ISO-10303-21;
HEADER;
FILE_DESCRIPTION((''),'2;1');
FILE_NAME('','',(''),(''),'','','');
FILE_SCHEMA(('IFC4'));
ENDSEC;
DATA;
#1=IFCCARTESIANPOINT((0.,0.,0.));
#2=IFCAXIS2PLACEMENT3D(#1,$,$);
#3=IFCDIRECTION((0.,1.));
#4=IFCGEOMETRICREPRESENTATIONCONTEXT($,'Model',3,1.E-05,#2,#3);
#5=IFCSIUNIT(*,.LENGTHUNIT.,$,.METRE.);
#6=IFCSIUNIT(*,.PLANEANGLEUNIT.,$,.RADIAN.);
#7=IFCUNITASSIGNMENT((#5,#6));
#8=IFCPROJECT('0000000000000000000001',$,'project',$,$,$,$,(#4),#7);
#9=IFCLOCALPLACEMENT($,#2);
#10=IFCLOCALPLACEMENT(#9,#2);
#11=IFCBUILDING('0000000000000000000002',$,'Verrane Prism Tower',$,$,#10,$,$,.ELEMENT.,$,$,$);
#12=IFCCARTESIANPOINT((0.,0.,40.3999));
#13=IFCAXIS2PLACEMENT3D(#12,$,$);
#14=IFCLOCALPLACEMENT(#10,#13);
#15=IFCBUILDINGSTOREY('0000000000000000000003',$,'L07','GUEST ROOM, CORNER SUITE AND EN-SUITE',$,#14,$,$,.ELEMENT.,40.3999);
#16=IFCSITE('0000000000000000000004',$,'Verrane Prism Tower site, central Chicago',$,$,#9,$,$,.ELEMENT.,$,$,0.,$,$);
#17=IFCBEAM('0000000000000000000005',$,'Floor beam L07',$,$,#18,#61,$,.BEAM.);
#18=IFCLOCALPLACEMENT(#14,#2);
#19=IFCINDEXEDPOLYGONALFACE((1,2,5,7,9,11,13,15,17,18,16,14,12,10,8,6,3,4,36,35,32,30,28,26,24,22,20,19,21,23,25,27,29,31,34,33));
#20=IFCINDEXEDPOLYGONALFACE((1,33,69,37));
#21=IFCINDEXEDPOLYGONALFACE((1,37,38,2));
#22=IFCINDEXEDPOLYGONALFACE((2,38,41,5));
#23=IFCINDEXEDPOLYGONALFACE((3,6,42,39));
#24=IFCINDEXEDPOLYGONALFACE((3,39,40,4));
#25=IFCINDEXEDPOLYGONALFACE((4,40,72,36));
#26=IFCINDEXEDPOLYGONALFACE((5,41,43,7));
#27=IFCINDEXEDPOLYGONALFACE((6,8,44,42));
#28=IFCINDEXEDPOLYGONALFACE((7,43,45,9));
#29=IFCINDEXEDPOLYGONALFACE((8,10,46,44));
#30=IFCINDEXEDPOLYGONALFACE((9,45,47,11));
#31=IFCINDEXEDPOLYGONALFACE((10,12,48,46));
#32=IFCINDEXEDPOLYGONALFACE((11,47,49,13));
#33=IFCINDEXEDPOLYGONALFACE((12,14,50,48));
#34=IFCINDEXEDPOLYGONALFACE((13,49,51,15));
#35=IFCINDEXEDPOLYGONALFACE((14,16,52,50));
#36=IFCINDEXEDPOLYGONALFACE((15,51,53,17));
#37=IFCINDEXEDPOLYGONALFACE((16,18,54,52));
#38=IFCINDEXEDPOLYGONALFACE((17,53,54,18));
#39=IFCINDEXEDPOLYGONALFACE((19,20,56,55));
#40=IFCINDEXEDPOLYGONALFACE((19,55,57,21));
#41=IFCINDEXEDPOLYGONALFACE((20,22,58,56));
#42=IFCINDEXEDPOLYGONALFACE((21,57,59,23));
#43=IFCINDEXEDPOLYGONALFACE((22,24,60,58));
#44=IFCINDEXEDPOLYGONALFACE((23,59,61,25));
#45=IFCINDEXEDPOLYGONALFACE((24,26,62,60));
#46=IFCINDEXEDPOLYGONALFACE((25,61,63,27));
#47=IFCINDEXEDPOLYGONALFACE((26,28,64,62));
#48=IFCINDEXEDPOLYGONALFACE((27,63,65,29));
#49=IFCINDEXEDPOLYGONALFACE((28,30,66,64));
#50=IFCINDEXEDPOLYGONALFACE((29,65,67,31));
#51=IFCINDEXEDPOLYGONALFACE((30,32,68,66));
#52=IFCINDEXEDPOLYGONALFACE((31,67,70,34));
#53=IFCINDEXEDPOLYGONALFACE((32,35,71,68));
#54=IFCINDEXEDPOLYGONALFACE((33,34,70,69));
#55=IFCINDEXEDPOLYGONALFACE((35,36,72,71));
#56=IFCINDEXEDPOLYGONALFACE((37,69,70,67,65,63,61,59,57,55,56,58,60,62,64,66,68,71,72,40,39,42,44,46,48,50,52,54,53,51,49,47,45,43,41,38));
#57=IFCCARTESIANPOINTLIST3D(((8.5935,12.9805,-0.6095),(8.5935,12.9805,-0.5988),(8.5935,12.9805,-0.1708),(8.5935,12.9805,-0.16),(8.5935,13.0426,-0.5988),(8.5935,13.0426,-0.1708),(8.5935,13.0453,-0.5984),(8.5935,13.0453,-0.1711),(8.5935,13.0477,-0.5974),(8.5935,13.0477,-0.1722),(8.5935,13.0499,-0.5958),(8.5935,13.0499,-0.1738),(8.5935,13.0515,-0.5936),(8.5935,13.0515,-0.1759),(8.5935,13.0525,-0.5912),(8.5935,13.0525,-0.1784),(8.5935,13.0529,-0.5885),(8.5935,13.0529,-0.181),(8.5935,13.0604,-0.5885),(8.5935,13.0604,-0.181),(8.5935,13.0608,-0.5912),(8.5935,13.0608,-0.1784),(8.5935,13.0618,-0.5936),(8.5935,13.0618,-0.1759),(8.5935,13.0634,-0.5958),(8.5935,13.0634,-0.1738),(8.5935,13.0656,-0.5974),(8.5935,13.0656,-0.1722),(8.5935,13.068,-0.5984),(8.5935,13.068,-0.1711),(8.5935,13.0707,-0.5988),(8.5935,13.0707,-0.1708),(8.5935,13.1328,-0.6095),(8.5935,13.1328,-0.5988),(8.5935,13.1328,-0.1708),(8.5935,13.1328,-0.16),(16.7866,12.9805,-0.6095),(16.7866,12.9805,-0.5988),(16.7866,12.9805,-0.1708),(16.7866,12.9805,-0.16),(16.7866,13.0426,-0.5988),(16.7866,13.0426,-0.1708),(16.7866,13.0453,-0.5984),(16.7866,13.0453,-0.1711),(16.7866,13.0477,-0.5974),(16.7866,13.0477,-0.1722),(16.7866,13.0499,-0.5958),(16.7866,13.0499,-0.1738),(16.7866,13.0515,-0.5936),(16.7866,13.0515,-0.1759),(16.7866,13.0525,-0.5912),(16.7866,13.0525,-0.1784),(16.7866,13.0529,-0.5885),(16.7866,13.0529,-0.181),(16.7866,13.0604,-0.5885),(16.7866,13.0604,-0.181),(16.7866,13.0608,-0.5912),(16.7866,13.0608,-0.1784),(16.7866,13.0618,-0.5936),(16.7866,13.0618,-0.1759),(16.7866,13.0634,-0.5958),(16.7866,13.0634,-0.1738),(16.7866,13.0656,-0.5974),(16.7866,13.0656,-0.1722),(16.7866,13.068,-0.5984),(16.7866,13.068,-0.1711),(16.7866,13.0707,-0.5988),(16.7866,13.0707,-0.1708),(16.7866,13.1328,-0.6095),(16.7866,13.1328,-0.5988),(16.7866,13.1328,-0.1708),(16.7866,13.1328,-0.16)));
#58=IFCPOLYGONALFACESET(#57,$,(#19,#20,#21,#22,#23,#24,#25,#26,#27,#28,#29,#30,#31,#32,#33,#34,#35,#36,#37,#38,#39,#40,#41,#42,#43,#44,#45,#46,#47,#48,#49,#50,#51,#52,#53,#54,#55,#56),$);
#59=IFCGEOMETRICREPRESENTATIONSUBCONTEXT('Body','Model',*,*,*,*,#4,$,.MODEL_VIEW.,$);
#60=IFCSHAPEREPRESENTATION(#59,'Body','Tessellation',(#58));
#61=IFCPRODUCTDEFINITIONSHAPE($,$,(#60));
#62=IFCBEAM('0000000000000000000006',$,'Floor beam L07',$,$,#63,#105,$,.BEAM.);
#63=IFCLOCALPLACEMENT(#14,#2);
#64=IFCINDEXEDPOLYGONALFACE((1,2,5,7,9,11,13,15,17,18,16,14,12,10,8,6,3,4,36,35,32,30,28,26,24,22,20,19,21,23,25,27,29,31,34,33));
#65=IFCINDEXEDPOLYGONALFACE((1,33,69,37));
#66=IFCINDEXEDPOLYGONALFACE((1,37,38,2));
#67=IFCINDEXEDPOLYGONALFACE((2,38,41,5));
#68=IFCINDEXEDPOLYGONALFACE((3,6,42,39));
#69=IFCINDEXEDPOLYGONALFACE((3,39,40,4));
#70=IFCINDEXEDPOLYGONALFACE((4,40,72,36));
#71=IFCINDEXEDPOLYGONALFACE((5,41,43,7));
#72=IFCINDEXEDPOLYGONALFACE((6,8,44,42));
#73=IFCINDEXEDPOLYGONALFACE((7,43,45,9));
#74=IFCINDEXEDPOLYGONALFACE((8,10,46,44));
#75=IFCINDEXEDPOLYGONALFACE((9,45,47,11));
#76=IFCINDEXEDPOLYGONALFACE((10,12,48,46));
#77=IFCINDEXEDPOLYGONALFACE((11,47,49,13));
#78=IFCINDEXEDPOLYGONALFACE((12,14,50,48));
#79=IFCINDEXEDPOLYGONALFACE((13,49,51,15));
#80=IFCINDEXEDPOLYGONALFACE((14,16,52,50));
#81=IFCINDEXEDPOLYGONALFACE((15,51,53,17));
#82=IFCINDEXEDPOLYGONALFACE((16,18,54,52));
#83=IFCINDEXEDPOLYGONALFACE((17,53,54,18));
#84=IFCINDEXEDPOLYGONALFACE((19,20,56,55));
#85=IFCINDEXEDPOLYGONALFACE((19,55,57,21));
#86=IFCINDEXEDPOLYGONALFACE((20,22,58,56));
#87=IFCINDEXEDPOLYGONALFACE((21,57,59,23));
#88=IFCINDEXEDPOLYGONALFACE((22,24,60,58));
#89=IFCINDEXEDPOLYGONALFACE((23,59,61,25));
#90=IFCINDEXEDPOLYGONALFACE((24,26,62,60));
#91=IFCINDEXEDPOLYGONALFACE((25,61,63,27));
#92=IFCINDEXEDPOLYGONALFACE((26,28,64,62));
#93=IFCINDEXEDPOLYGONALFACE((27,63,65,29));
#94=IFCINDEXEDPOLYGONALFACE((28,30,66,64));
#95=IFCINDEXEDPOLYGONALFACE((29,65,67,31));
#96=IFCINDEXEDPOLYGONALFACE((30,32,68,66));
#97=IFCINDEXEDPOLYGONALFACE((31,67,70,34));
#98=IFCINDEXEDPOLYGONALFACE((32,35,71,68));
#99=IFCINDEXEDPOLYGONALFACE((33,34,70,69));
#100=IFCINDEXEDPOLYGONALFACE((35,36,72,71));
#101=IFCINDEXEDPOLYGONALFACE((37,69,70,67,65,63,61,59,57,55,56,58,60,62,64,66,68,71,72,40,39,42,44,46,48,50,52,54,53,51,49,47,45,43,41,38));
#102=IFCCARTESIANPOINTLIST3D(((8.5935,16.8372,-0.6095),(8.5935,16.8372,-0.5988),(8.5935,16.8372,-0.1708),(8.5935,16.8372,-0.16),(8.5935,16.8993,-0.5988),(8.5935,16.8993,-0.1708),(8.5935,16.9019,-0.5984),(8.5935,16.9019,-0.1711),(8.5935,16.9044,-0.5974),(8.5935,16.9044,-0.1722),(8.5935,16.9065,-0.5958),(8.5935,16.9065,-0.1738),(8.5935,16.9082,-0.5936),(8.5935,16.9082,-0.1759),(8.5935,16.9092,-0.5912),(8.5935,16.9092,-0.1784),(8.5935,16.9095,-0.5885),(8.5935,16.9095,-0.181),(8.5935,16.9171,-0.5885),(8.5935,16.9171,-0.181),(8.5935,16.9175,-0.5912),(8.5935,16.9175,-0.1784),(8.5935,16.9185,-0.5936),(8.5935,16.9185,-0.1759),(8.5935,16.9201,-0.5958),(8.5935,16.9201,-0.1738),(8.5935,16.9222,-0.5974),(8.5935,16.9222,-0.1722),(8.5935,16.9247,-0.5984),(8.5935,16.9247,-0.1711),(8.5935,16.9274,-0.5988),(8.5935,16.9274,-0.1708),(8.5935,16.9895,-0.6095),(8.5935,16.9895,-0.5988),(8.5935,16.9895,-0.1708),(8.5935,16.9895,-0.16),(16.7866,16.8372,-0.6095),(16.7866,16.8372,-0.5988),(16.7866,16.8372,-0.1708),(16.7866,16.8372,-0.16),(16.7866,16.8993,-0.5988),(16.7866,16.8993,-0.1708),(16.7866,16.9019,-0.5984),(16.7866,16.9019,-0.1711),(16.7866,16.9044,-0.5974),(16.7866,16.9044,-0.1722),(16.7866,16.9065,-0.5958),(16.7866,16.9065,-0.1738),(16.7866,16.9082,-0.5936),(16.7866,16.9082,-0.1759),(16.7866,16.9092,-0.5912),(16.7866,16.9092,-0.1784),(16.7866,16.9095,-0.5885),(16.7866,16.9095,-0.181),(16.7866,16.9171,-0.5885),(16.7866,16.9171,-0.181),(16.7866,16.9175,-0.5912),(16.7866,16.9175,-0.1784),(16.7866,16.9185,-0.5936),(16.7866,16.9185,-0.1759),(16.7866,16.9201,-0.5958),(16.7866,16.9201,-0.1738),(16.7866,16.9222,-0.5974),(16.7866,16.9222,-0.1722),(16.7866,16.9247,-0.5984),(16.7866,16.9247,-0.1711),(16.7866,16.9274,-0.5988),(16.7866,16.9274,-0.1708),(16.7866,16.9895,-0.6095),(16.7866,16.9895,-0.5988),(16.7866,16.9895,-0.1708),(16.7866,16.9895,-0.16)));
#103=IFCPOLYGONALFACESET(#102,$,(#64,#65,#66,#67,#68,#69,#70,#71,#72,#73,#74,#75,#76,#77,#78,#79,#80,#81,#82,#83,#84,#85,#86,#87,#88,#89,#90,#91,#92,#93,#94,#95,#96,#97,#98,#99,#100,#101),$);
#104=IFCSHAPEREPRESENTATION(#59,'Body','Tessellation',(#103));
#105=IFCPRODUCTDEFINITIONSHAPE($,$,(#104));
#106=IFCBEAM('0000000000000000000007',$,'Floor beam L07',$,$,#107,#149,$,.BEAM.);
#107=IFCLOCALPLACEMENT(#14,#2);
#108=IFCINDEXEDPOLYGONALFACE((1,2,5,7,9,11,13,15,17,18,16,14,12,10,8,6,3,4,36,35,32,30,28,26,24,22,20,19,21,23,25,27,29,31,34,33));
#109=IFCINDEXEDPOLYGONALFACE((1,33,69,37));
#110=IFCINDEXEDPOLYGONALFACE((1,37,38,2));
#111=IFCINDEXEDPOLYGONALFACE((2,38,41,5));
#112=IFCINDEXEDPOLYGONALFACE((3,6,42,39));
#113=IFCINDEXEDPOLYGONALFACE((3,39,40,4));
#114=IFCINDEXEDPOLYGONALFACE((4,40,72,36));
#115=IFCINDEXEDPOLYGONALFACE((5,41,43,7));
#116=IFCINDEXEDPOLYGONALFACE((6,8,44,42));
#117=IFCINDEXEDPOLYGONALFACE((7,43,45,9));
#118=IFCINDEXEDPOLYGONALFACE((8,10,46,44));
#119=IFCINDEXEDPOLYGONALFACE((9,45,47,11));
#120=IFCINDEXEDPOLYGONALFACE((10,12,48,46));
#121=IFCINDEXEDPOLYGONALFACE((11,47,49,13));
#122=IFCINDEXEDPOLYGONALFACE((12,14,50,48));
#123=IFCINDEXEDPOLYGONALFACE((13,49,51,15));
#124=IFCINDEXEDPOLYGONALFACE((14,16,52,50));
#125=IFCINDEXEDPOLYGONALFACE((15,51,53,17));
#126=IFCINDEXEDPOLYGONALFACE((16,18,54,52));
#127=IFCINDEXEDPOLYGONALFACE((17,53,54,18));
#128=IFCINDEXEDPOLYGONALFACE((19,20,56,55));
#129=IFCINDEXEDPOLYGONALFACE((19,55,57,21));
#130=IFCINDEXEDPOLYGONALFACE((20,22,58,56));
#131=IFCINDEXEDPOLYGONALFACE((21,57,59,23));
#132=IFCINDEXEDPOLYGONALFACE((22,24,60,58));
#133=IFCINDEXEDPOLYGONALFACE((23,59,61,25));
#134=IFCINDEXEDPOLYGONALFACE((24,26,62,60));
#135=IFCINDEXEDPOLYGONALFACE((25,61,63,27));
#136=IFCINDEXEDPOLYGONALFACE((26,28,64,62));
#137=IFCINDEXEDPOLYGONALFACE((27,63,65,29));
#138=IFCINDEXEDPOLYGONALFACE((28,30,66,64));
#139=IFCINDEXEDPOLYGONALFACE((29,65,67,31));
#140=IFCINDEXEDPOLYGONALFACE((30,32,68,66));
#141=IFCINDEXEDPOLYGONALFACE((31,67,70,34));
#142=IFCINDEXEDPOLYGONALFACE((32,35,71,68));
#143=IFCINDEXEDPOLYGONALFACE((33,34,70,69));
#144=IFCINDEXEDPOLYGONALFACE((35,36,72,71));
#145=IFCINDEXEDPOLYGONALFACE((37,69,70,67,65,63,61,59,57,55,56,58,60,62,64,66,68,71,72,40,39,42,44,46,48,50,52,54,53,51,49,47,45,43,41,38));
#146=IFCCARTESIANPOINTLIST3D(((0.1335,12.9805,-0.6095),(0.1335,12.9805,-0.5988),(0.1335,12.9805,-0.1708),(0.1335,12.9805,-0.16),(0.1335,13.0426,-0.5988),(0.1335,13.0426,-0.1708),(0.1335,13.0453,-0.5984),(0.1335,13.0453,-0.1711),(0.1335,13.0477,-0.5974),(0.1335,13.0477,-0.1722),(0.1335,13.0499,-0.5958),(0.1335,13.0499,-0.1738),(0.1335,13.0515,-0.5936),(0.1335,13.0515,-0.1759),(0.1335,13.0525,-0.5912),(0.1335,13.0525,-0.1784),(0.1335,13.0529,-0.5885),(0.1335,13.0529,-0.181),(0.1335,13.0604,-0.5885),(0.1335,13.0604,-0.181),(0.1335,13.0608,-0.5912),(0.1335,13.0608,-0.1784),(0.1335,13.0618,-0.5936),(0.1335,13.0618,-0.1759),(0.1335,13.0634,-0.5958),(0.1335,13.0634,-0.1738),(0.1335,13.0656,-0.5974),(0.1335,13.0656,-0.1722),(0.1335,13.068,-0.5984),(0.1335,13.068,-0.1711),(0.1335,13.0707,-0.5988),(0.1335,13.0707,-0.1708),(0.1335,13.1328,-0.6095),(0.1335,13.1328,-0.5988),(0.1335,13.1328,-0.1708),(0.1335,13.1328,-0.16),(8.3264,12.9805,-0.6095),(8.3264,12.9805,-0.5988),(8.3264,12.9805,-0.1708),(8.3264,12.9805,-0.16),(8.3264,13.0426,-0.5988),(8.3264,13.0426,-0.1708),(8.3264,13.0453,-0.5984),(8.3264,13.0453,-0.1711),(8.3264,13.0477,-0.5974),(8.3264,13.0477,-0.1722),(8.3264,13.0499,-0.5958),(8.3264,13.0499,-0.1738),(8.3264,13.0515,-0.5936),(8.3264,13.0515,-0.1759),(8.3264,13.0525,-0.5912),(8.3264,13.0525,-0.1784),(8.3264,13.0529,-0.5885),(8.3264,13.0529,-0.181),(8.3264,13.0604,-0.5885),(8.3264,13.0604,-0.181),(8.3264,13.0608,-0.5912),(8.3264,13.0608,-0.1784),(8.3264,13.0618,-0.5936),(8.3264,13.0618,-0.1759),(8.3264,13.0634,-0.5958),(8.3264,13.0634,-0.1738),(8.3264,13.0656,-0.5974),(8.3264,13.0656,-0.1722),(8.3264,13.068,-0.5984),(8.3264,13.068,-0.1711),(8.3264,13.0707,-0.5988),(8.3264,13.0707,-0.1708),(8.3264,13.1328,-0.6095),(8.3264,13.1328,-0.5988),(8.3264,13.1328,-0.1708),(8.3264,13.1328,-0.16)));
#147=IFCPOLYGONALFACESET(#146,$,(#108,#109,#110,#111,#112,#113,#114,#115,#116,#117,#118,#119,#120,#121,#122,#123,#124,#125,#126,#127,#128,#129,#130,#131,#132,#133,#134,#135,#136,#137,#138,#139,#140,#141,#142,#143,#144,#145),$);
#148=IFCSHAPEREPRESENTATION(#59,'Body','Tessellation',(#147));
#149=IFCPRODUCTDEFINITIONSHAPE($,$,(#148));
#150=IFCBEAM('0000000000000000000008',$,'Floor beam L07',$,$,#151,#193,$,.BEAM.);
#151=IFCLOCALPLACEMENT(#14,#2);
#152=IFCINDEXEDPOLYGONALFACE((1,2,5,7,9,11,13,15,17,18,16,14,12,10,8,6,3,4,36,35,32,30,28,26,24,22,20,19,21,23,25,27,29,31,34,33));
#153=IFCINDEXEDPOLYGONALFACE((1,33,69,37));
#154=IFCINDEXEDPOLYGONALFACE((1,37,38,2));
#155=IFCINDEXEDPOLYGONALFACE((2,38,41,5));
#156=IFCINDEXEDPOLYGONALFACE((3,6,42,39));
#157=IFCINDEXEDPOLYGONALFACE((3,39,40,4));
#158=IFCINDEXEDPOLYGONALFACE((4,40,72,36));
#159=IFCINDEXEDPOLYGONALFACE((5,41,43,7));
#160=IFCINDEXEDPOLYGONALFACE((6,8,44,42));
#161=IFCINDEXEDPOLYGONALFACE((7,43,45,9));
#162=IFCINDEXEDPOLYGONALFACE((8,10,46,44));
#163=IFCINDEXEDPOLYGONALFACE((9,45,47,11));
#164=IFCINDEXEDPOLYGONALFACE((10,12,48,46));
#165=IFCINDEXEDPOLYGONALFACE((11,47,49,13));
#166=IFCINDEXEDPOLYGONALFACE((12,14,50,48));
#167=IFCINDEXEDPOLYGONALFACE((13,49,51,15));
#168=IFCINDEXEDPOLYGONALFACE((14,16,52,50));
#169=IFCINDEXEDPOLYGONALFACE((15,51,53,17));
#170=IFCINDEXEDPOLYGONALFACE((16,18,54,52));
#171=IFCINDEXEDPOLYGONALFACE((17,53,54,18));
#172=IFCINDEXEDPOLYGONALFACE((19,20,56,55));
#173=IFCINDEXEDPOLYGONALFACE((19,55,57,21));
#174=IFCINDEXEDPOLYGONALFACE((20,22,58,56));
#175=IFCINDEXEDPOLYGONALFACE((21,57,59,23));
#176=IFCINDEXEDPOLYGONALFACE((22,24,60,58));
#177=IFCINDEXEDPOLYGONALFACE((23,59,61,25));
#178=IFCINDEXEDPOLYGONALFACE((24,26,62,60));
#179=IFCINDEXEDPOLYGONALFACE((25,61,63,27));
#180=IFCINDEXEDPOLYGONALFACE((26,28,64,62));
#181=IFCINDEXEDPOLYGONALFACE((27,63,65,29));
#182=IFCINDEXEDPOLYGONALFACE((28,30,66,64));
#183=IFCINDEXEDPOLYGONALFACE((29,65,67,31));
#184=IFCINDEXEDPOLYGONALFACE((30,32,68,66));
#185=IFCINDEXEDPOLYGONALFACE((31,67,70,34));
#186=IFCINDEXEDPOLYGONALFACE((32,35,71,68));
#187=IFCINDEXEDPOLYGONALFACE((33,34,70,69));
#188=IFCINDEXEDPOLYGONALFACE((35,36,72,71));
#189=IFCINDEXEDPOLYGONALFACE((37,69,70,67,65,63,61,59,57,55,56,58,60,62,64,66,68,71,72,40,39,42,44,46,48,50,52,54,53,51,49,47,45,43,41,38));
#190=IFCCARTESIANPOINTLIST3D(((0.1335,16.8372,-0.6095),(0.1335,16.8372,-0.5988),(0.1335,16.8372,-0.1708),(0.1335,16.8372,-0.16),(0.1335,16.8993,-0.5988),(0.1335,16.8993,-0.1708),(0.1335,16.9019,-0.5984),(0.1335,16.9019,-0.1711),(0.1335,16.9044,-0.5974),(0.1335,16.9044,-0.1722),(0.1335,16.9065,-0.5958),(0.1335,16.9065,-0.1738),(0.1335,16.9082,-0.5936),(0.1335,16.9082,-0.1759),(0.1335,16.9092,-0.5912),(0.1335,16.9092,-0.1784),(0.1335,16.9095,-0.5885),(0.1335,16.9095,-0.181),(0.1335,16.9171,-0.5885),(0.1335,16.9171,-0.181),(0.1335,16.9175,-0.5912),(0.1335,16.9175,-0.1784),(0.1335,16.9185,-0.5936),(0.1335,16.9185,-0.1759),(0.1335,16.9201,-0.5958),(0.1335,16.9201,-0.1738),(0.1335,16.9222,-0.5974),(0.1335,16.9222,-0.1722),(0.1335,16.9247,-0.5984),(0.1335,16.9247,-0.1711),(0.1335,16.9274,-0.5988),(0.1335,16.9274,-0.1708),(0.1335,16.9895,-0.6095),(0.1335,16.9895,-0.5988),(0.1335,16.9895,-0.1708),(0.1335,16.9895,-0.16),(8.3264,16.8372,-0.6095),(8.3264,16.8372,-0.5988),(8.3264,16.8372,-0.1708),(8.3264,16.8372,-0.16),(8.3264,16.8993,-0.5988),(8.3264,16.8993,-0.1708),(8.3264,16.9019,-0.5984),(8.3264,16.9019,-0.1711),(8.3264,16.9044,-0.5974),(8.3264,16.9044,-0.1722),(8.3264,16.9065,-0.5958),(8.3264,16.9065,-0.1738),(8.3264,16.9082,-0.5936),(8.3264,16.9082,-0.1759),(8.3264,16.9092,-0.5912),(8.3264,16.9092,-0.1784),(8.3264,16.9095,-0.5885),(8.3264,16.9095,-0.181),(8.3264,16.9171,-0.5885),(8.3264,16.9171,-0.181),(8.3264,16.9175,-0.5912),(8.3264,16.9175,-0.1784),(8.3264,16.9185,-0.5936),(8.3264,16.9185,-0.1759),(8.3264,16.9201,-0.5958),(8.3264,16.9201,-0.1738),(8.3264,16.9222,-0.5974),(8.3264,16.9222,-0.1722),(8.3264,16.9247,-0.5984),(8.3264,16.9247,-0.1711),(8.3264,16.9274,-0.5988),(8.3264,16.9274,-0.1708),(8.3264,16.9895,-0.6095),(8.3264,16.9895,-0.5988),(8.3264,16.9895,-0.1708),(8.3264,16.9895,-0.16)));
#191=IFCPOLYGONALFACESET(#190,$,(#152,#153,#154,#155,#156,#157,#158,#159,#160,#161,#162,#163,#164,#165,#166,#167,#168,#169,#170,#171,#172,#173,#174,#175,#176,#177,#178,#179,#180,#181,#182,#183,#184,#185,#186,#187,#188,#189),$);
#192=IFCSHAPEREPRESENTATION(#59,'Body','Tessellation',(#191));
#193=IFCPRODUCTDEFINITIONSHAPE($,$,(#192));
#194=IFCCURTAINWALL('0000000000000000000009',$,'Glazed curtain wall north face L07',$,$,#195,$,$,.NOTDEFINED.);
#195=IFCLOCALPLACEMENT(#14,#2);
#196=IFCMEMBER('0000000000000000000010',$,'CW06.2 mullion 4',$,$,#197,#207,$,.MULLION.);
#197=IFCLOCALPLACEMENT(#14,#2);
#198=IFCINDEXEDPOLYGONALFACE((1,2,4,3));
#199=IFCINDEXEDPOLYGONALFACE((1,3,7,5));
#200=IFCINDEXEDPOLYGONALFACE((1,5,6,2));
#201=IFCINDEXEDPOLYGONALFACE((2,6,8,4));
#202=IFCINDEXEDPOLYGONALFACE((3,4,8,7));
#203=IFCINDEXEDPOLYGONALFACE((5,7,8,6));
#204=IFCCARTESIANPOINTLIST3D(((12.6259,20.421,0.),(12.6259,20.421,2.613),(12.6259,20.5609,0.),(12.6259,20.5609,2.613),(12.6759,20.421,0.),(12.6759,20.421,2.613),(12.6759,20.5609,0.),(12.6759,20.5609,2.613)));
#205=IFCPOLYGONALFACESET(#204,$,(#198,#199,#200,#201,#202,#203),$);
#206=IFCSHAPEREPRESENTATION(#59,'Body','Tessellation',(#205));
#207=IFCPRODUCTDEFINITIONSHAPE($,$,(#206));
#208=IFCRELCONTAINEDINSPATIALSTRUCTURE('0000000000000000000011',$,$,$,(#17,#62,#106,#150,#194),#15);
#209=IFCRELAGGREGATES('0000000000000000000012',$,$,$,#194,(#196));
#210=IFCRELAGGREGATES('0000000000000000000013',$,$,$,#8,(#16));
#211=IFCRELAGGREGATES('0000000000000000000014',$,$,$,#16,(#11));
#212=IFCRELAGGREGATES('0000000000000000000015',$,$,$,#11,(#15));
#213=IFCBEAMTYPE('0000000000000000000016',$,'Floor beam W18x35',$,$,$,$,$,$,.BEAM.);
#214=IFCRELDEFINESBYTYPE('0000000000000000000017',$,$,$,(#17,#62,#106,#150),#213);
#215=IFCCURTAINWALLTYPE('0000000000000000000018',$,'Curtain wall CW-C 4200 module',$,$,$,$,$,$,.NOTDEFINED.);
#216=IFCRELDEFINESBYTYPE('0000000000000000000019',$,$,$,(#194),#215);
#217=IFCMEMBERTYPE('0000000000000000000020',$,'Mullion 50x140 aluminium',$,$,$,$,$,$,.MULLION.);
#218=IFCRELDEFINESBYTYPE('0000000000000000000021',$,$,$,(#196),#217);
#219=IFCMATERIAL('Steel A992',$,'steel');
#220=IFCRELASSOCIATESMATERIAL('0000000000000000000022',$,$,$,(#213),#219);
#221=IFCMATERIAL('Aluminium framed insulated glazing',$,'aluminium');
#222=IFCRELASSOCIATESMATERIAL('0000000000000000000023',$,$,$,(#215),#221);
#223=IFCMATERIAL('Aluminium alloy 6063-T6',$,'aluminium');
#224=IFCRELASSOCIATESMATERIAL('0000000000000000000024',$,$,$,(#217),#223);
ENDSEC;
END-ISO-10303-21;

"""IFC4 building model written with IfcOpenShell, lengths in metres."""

from ifc_helpers import new_model, si_unit, direction, frame, origin, origin_2d, place, context, subcontext, project, spatial, rectangle, i_section, extrude, material, material_profile, profile_set, type_object, element, aggregate, save


model = new_model("IFC4")

# Units and contexts
model_context = context("Model", 3, precision=1e-05, world=origin(), true_north=direction((0.0, 1.0)))
body_context = subcontext(model_context, "Body", "Model", "MODEL_VIEW")
ifc_project = project(units=[si_unit("LENGTHUNIT", "METRE"), si_unit("PLANEANGLEUNIT", "RADIAN")], contexts=[model_context])

# Site, building, storey
site_placement = place(None, origin())
site = spatial("IfcSite", under=ifc_project, at=site_placement, Name="Verrane Prism Tower site, central Chicago", CompositionType="ELEMENT", RefElevation=0.0)
building_placement = place(site_placement, origin())
building = spatial("IfcBuilding", under=site, at=building_placement, Name="Verrane Prism Tower", CompositionType="ELEMENT")
storey_placement = place(building_placement, frame((0.0, 0.0, 40.3999)))
storey = spatial("IfcBuildingStorey", under=building, at=storey_placement, Name="L07", Description="GUEST ROOM, CORNER SUITE AND EN-SUITE", CompositionType="ELEMENT", Elevation=40.3999)

# Beams
ifc_material_1 = material(Name="Steel A992", Category="steel")
ifc_material_profile_1 = material_profile(ifc_material_1, i_section(OverallWidth=0.1523, OverallDepth=0.4495, WebThickness=0.0076, FlangeThickness=0.0107, FilletRadius=0.0103, at=origin_2d()), Name="W18x35")
ifc_profile_set_1 = profile_set([ifc_material_profile_1], Name="Steel A992")
beam_type_1 = type_object("IfcBeamType", Name="Floor beam W18x35", PredefinedType="BEAM", material=ifc_profile_set_1)
for number, where, z_axis, x_axis, name in (
    (1, (8.5935, 13.0566, -0.3848), (1.0, 0.0, 0.0), (0.0, 1.0, 0.0), "Floor beam L07"),
    (2, (8.5935, 16.9133, -0.3848), (1.0, 0.0, 0.0), (0.0, 1.0, 0.0), "Floor beam L07"),
):
    element("IfcBeam", number, at=place(storey_placement, frame(where, z_axis=z_axis, x_axis=x_axis)), inside=storey, type_object=beam_type_1, Name=name, PredefinedType="BEAM", context=body_context, shape_type="SweptSolid", body=[
        extrude(i_section(OverallWidth=0.1523, OverallDepth=0.4495, WebThickness=0.0076, FlangeThickness=0.0107, FilletRadius=0.0103, at=origin_2d()), origin(), (0.0, 0.0, 1.0), 8.1931),
    ])
for number, where, z_axis, x_axis, name in (
    (3, (0.1335, 13.0566, -0.3848), (1.0, 0.0, 0.0), (0.0, 1.0, 0.0), "Floor beam L07"),
    (4, (0.1335, 16.9133, -0.3848), (1.0, 0.0, 0.0), (0.0, 1.0, 0.0), "Floor beam L07"),
):
    element("IfcBeam", number, at=place(storey_placement, frame(where, z_axis=z_axis, x_axis=x_axis)), inside=storey, type_object=beam_type_1, Name=name, PredefinedType="BEAM", context=body_context, shape_type="SweptSolid", body=[
        extrude(i_section(OverallWidth=0.1523, OverallDepth=0.4495, WebThickness=0.0076, FlangeThickness=0.0107, FilletRadius=0.0103, at=origin_2d()), origin(), (0.0, 0.0, 1.0), 8.1929),
    ])

# Curtain wall, member
ifc_material_2 = material(Name="Aluminium framed insulated glazing", Category="aluminium")
curtain_wall_type = type_object("IfcCurtainWallType", Name="Curtain wall CW-C 4200 module", PredefinedType="NOTDEFINED", material=ifc_material_2)
curtain_wall_placement = place(storey_placement, origin())
curtain_wall = element("IfcCurtainWall", 5, at=curtain_wall_placement, inside=storey, type_object=curtain_wall_type, Name="Glazed curtain wall north face L07", PredefinedType="NOTDEFINED")
ifc_material_3 = material(Name="Aluminium alloy 6063-T6", Category="aluminium")
ifc_material_profile_2 = material_profile(ifc_material_3, rectangle(XDim=0.1399, YDim=0.05, at=origin_2d()), Name="Mullion 50x140 aluminium")
ifc_profile_set_2 = profile_set([ifc_material_profile_2], Name="Aluminium alloy 6063-T6")
member_type_1 = type_object("IfcMemberType", Name="Mullion 50x140 aluminium", PredefinedType="MULLION", material=ifc_profile_set_2)
member_1_placement = place(storey_placement, frame((12.6509, 20.491, 0.0), z_axis=(0.0, 0.0, 1.0), x_axis=(0.0, -1.0, 0.0)))
member_1 = element("IfcMember", 6, at=member_1_placement, type_object=member_type_1, Name="CW06.2 mullion 4", PredefinedType="MULLION", context=body_context, shape_type="SweptSolid", body=[
    extrude(rectangle(XDim=0.1399, YDim=0.05, at=origin_2d()), origin(), (0.0, 0.0, 1.0), 2.613),
])

aggregate(curtain_wall, [member_1])

save(model, "model.ifc")
